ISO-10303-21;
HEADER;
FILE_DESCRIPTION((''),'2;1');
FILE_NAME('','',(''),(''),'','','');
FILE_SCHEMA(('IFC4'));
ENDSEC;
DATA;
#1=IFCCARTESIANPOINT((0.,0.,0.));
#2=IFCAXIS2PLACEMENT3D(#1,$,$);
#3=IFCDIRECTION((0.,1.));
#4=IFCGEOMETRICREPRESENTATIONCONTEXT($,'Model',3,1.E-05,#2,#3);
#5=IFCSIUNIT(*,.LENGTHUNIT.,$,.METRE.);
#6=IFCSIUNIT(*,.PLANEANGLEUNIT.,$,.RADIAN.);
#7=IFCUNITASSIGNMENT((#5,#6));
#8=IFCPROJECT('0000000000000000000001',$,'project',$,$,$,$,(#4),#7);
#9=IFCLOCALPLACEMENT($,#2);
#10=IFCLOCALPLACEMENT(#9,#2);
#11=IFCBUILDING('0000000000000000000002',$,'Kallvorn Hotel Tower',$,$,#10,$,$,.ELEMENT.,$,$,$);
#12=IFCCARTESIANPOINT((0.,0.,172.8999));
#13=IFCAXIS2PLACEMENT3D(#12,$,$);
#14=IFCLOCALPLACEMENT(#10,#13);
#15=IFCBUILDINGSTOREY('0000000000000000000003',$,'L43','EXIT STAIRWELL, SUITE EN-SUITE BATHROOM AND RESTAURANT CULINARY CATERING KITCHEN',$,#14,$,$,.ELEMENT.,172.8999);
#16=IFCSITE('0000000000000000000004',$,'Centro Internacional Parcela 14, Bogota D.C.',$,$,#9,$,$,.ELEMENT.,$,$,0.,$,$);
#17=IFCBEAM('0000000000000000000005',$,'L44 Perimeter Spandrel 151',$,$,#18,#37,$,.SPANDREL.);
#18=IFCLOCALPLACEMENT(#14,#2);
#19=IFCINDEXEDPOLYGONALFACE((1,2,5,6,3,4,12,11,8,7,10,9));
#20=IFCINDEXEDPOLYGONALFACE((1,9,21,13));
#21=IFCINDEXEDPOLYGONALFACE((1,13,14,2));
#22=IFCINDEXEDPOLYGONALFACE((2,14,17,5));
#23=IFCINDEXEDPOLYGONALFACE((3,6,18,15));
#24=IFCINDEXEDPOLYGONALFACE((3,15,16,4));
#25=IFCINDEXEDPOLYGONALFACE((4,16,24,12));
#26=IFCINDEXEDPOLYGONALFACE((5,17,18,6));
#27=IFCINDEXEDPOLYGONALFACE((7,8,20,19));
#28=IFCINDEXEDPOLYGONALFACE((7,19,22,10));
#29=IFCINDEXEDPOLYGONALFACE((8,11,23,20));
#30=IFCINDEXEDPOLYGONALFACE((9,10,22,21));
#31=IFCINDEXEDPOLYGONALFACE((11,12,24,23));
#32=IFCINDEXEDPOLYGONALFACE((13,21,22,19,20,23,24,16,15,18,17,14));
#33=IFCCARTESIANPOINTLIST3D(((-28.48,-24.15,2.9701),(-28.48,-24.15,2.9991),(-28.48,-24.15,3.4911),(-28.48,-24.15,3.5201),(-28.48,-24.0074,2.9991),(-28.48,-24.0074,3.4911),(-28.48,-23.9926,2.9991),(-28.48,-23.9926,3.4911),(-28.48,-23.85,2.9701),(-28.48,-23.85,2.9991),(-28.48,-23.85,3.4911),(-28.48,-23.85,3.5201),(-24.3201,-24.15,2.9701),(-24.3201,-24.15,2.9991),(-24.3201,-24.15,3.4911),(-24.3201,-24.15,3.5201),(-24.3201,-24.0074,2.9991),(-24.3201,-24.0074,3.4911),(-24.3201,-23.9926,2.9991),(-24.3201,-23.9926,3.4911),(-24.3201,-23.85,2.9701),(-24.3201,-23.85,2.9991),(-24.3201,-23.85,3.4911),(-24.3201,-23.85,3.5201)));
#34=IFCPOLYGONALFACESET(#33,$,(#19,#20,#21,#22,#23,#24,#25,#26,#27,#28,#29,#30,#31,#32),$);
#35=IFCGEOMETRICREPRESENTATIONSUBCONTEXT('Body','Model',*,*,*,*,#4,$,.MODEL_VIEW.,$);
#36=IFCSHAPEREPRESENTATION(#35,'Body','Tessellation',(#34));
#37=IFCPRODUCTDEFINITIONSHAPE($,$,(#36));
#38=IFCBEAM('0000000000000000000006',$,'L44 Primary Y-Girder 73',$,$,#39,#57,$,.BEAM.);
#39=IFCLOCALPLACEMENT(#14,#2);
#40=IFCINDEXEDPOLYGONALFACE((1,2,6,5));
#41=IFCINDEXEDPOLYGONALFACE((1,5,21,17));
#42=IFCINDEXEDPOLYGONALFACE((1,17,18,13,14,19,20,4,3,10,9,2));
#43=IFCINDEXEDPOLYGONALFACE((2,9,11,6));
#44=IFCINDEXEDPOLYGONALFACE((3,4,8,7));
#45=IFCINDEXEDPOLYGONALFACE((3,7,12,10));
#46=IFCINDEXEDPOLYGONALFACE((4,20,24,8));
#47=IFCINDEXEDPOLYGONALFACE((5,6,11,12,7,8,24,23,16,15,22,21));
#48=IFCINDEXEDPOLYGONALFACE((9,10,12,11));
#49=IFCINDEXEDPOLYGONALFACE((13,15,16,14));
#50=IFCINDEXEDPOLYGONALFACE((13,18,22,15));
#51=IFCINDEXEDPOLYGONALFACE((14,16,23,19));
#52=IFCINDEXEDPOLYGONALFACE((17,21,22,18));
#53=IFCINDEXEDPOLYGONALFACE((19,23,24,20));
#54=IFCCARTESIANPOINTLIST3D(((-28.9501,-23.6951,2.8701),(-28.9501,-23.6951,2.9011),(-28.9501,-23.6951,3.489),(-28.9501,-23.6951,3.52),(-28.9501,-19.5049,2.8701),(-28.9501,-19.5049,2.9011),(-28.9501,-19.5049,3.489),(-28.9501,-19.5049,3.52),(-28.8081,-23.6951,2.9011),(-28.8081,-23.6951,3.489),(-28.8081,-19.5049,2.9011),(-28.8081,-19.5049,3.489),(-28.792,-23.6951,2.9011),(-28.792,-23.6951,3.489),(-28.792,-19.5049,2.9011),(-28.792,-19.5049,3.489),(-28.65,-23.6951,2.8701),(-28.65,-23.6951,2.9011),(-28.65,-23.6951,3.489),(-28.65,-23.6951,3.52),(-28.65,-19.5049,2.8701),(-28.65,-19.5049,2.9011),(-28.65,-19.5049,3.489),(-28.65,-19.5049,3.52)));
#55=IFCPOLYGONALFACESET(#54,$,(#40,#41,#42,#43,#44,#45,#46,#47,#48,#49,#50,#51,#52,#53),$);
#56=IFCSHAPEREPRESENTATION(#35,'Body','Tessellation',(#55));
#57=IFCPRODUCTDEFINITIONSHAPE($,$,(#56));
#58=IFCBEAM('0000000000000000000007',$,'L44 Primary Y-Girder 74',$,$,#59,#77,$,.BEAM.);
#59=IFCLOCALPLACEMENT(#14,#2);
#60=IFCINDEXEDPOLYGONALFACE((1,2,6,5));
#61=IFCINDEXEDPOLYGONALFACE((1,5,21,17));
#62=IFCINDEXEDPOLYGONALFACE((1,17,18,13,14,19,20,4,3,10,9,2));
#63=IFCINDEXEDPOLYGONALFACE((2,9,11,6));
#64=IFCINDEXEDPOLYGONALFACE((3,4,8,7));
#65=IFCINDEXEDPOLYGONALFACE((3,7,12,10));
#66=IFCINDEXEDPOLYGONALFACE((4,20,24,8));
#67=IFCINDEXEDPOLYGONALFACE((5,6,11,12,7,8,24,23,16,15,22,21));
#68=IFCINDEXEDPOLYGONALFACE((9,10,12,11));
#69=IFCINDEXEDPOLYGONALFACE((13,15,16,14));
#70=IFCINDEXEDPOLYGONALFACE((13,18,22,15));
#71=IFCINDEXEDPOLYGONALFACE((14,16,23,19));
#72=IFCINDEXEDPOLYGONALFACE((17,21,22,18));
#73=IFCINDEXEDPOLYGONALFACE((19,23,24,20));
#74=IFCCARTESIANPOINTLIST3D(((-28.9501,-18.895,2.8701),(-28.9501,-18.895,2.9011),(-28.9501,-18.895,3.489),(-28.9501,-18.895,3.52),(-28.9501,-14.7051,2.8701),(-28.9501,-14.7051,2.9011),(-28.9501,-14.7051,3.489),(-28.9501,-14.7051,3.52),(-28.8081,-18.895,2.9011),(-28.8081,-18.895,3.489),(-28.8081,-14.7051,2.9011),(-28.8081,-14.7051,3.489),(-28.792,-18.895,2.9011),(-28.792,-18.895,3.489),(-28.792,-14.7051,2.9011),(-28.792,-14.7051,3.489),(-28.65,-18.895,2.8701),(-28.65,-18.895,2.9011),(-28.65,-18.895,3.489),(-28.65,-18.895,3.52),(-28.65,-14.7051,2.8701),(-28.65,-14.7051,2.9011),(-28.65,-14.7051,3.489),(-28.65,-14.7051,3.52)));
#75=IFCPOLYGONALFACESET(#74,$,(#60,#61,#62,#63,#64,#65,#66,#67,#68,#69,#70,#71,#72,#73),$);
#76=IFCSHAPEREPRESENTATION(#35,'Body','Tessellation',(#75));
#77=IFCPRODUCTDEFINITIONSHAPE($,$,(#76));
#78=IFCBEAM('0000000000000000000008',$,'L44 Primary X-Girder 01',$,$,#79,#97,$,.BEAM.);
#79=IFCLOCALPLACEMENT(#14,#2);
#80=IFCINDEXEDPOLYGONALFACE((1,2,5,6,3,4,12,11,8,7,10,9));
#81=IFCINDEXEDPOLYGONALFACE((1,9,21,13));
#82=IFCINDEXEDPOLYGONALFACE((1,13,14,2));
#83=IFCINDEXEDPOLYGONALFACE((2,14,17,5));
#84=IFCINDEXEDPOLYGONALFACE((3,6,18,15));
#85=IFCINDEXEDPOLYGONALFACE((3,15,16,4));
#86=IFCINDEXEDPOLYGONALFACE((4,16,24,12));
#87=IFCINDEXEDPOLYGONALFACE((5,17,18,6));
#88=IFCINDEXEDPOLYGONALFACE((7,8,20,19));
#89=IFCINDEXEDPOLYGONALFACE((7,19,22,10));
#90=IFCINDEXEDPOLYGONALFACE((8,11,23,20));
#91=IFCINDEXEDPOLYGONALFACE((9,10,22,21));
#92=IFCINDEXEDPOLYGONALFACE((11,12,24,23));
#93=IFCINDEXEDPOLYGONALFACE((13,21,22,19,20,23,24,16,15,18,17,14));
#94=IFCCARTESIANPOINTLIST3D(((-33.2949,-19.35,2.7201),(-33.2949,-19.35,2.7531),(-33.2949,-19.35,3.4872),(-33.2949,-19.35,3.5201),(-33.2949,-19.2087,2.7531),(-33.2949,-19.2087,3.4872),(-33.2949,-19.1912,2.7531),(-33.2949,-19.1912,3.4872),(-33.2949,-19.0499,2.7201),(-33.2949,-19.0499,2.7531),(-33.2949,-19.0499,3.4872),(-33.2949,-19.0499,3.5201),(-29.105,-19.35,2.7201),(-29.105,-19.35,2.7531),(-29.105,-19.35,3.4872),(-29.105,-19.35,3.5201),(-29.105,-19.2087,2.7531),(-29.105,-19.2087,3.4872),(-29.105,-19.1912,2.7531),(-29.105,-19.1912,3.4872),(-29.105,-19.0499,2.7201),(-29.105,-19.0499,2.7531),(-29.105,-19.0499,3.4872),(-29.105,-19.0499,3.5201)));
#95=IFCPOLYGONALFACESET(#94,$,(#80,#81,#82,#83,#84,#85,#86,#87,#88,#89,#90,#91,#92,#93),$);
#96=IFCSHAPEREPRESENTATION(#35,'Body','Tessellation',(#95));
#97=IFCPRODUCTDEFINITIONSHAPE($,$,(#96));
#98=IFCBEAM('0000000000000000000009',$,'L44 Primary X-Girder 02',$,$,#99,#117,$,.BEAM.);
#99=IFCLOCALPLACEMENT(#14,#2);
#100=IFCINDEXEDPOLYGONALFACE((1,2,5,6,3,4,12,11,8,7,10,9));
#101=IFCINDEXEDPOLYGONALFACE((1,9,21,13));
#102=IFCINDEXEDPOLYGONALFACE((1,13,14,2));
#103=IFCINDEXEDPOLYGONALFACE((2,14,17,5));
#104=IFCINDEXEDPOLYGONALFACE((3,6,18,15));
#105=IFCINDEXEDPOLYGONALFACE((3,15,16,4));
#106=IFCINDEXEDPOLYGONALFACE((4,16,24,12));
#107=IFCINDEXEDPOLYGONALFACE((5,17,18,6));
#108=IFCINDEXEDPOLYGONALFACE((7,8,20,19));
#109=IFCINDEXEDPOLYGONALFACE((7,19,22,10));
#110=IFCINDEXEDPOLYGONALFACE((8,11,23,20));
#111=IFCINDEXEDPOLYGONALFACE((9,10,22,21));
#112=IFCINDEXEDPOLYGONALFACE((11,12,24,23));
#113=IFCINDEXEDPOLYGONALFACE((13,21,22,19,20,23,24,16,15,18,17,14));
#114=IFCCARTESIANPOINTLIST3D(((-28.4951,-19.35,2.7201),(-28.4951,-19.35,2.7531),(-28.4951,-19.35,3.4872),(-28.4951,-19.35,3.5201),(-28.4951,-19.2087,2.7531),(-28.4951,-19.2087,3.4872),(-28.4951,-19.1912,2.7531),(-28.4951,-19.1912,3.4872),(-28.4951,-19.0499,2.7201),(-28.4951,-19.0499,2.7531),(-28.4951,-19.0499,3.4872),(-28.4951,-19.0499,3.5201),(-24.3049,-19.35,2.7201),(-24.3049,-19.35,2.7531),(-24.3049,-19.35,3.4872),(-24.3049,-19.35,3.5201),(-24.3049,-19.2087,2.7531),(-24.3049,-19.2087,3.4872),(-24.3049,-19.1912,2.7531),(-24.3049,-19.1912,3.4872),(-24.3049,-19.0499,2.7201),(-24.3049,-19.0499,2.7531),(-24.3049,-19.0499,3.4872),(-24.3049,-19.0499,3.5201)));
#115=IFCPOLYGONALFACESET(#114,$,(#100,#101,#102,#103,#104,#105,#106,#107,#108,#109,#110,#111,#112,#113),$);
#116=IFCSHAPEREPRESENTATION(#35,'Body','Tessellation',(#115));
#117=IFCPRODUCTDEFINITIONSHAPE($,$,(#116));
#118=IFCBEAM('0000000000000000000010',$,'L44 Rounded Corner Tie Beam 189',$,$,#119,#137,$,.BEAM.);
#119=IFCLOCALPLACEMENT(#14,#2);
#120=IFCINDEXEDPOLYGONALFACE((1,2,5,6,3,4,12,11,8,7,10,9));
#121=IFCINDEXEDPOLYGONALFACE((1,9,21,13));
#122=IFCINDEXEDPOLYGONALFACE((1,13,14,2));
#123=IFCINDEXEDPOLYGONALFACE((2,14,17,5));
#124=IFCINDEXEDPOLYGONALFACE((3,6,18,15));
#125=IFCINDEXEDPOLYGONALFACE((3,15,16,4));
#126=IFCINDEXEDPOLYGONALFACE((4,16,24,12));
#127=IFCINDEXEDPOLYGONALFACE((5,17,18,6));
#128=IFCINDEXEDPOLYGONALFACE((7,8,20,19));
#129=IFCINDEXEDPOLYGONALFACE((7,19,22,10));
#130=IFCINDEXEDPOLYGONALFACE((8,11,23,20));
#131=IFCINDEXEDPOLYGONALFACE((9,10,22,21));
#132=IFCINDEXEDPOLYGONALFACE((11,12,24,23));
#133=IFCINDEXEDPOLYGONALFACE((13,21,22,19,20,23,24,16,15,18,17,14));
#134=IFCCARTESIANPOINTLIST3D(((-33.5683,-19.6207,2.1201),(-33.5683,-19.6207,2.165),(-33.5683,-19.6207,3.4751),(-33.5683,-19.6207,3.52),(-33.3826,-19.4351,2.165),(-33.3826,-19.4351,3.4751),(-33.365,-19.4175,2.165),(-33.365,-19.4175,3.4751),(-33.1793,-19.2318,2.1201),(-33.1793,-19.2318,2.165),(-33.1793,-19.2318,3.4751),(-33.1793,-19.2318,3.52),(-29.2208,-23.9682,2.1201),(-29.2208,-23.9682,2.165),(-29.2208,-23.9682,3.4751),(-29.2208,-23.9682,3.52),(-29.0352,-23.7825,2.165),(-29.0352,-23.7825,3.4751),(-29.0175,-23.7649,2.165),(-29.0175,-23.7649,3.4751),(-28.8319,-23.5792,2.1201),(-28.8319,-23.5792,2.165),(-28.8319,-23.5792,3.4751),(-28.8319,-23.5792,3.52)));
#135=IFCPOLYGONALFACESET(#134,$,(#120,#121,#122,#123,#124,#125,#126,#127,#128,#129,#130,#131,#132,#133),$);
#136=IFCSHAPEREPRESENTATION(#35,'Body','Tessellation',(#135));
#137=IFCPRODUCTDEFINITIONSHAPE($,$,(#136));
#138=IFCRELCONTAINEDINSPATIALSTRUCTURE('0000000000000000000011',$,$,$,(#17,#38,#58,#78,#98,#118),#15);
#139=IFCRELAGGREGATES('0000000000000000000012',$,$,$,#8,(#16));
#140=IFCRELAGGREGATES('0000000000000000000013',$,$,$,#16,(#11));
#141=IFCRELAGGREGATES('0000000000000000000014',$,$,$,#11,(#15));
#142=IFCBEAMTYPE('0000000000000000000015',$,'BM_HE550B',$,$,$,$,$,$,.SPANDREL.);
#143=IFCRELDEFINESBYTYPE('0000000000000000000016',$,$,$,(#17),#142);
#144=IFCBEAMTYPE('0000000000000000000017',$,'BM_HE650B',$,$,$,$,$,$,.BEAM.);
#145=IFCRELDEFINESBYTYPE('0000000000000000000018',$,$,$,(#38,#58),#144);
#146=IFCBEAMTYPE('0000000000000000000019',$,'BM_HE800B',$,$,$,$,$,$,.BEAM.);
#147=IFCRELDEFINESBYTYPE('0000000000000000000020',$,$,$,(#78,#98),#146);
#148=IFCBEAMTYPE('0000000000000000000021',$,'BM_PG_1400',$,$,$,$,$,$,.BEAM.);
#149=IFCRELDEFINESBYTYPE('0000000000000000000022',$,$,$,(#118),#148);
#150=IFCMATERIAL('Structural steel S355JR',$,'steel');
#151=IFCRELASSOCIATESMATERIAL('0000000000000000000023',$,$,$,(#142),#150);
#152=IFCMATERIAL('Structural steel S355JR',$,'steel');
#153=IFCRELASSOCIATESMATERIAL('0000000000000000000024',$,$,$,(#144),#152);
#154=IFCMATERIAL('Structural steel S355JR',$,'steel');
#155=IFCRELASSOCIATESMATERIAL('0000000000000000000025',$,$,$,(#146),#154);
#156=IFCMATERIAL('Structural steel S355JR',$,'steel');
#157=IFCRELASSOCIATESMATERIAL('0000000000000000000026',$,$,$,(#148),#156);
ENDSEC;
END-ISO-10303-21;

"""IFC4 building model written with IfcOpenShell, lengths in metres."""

from ifc_helpers import new_model, si_unit, direction, frame, origin, origin_2d, place, context, subcontext, project, spatial, i_section, extrude, material, material_profile, profile_set, type_object, element, save


model = new_model("IFC4")

# Units and contexts
model_context = context("Model", 3, precision=1e-05, world=origin(), true_north=direction((0.0, 1.0)))
body_context = subcontext(model_context, "Body", "Model", "MODEL_VIEW")
ifc_project = project(units=[si_unit("LENGTHUNIT", "METRE"), si_unit("PLANEANGLEUNIT", "RADIAN")], contexts=[model_context])

# Site, building, storey
site_placement = place(None, origin())
site = spatial("IfcSite", under=ifc_project, at=site_placement, Name="Centro Internacional Parcela 14, Bogota D.C.", CompositionType="ELEMENT", RefElevation=0.0)
building_placement = place(site_placement, origin())
building = spatial("IfcBuilding", under=site, at=building_placement, Name="Kallvorn Hotel Tower", CompositionType="ELEMENT")
storey_placement = place(building_placement, frame((0.0, 0.0, 172.8999)))
storey = spatial("IfcBuildingStorey", under=building, at=storey_placement, Name="L43", Description="EXIT STAIRWELL, SUITE EN-SUITE BATHROOM AND RESTAURANT CULINARY CATERING KITCHEN", CompositionType="ELEMENT", Elevation=172.8999)

# Beams
ifc_material_1 = material(Name="Structural steel S355JR", Category="steel")
ifc_material_profile_1 = material_profile(ifc_material_1, i_section(OverallWidth=0.3, OverallDepth=0.55, WebThickness=0.0149, FlangeThickness=0.0291, at=origin_2d()), Name="HE 550 B")
ifc_profile_set_1 = profile_set([ifc_material_profile_1], Name="Structural steel S355JR")
beam_type_1 = type_object("IfcBeamType", Name="BM_HE550B", PredefinedType="SPANDREL", material=ifc_profile_set_1)
beam_1_placement = place(storey_placement, frame((-28.48, -24.0, 3.2451), z_axis=(1.0, 0.0, 0.0), x_axis=(0.0, 1.0, 0.0)))
element("IfcBeam", 1, at=beam_1_placement, inside=storey, type_object=beam_type_1, Name="L44 Perimeter Spandrel 151", PredefinedType="SPANDREL", context=body_context, shape_type="SweptSolid", body=[
    extrude(i_section(OverallWidth=0.3, OverallDepth=0.55, WebThickness=0.0149, FlangeThickness=0.0291, at=origin_2d()), origin(), (0.0, 0.0, 1.0), 4.1599),
])
ifc_material_2 = material(Name="Structural steel S355JR", Category="steel")
ifc_material_profile_2 = material_profile(ifc_material_2, i_section(OverallWidth=0.3, OverallDepth=0.6499, WebThickness=0.0161, FlangeThickness=0.031, at=origin_2d()), Name="HE 650 B")
ifc_profile_set_2 = profile_set([ifc_material_profile_2], Name="Structural steel S355JR")
beam_type_2 = type_object("IfcBeamType", Name="BM_HE650B", PredefinedType="BEAM", material=ifc_profile_set_2)
beam_2_placement = place(storey_placement, frame((-28.8, -23.6951, 3.1951), z_axis=(0.0, 1.0, 0.0), x_axis=(-1.0, 0.0, 0.0)))
element("IfcBeam", 2, at=beam_2_placement, inside=storey, type_object=beam_type_2, Name="L44 Primary Y-Girder 73", PredefinedType="BEAM", context=body_context, shape_type="SweptSolid", body=[
    extrude(i_section(OverallWidth=0.3, OverallDepth=0.6499, WebThickness=0.0161, FlangeThickness=0.031, at=origin_2d()), origin(), (0.0, 0.0, 1.0), 4.1902),
])
beam_3_placement = place(storey_placement, frame((-28.8, -18.895, 3.1951), z_axis=(0.0, 1.0, 0.0), x_axis=(-1.0, 0.0, 0.0)))
element("IfcBeam", 3, at=beam_3_placement, inside=storey, type_object=beam_type_2, Name="L44 Primary Y-Girder 74", PredefinedType="BEAM", context=body_context, shape_type="SweptSolid", body=[
    extrude(i_section(OverallWidth=0.3, OverallDepth=0.6499, WebThickness=0.0161, FlangeThickness=0.031, at=origin_2d()), origin(), (0.0, 0.0, 1.0), 4.1899),
])
ifc_material_3 = material(Name="Structural steel S355JR", Category="steel")
ifc_material_profile_3 = material_profile(ifc_material_3, i_section(OverallWidth=0.3, OverallDepth=0.8, WebThickness=0.0176, FlangeThickness=0.033, at=origin_2d()), Name="HE 800 B")
ifc_profile_set_3 = profile_set([ifc_material_profile_3], Name="Structural steel S355JR")
beam_type_3 = type_object("IfcBeamType", Name="BM_HE800B", PredefinedType="BEAM", material=ifc_profile_set_3)
beam_4_placement = place(storey_placement, frame((-33.2949, -19.2, 3.1201), z_axis=(1.0, 0.0, 0.0), x_axis=(0.0, 1.0, 0.0)))
element("IfcBeam", 4, at=beam_4_placement, inside=storey, type_object=beam_type_3, Name="L44 Primary X-Girder 01", PredefinedType="BEAM", context=body_context, shape_type="SweptSolid", body=[
    extrude(i_section(OverallWidth=0.3, OverallDepth=0.8, WebThickness=0.0176, FlangeThickness=0.033, at=origin_2d()), origin(), (0.0, 0.0, 1.0), 4.1899),
])
beam_5_placement = place(storey_placement, frame((-28.4951, -19.2, 3.1201), z_axis=(1.0, 0.0, 0.0), x_axis=(0.0, 1.0, 0.0)))
element("IfcBeam", 5, at=beam_5_placement, inside=storey, type_object=beam_type_3, Name="L44 Primary X-Girder 02", PredefinedType="BEAM", context=body_context, shape_type="SweptSolid", body=[
    extrude(i_section(OverallWidth=0.3, OverallDepth=0.8, WebThickness=0.0176, FlangeThickness=0.033, at=origin_2d()), origin(), (0.0, 0.0, 1.0), 4.1902),
])
ifc_material_4 = material(Name="Structural steel S355JR", Category="steel")
ifc_material_profile_4 = material_profile(ifc_material_4, i_section(OverallWidth=0.55, OverallDepth=1.3999, WebThickness=0.0249, FlangeThickness=0.0449, at=origin_2d()), Name="PG 1400x550x25x45")
ifc_profile_set_4 = profile_set([ifc_material_profile_4], Name="Structural steel S355JR")
beam_type_4 = type_object("IfcBeamType", Name="BM_PG_1400", PredefinedType="BEAM", material=ifc_profile_set_4)
beam_6_placement = place(storey_placement, frame((-33.3738, -19.4263, 2.8201), z_axis=(0.707107, -0.707107, 0.0), x_axis=(0.707107, 0.707107, 0.0)))
element("IfcBeam", 6, at=beam_6_placement, inside=storey, type_object=beam_type_4, Name="L44 Rounded Corner Tie Beam 189", PredefinedType="BEAM", context=body_context, shape_type="SweptSolid", body=[
    extrude(i_section(OverallWidth=0.55, OverallDepth=1.3999, WebThickness=0.0249, FlangeThickness=0.0449, at=origin_2d()), origin(), (0.0, 0.0, 1.0), 6.1482),
])

save(model, "model.ifc")
